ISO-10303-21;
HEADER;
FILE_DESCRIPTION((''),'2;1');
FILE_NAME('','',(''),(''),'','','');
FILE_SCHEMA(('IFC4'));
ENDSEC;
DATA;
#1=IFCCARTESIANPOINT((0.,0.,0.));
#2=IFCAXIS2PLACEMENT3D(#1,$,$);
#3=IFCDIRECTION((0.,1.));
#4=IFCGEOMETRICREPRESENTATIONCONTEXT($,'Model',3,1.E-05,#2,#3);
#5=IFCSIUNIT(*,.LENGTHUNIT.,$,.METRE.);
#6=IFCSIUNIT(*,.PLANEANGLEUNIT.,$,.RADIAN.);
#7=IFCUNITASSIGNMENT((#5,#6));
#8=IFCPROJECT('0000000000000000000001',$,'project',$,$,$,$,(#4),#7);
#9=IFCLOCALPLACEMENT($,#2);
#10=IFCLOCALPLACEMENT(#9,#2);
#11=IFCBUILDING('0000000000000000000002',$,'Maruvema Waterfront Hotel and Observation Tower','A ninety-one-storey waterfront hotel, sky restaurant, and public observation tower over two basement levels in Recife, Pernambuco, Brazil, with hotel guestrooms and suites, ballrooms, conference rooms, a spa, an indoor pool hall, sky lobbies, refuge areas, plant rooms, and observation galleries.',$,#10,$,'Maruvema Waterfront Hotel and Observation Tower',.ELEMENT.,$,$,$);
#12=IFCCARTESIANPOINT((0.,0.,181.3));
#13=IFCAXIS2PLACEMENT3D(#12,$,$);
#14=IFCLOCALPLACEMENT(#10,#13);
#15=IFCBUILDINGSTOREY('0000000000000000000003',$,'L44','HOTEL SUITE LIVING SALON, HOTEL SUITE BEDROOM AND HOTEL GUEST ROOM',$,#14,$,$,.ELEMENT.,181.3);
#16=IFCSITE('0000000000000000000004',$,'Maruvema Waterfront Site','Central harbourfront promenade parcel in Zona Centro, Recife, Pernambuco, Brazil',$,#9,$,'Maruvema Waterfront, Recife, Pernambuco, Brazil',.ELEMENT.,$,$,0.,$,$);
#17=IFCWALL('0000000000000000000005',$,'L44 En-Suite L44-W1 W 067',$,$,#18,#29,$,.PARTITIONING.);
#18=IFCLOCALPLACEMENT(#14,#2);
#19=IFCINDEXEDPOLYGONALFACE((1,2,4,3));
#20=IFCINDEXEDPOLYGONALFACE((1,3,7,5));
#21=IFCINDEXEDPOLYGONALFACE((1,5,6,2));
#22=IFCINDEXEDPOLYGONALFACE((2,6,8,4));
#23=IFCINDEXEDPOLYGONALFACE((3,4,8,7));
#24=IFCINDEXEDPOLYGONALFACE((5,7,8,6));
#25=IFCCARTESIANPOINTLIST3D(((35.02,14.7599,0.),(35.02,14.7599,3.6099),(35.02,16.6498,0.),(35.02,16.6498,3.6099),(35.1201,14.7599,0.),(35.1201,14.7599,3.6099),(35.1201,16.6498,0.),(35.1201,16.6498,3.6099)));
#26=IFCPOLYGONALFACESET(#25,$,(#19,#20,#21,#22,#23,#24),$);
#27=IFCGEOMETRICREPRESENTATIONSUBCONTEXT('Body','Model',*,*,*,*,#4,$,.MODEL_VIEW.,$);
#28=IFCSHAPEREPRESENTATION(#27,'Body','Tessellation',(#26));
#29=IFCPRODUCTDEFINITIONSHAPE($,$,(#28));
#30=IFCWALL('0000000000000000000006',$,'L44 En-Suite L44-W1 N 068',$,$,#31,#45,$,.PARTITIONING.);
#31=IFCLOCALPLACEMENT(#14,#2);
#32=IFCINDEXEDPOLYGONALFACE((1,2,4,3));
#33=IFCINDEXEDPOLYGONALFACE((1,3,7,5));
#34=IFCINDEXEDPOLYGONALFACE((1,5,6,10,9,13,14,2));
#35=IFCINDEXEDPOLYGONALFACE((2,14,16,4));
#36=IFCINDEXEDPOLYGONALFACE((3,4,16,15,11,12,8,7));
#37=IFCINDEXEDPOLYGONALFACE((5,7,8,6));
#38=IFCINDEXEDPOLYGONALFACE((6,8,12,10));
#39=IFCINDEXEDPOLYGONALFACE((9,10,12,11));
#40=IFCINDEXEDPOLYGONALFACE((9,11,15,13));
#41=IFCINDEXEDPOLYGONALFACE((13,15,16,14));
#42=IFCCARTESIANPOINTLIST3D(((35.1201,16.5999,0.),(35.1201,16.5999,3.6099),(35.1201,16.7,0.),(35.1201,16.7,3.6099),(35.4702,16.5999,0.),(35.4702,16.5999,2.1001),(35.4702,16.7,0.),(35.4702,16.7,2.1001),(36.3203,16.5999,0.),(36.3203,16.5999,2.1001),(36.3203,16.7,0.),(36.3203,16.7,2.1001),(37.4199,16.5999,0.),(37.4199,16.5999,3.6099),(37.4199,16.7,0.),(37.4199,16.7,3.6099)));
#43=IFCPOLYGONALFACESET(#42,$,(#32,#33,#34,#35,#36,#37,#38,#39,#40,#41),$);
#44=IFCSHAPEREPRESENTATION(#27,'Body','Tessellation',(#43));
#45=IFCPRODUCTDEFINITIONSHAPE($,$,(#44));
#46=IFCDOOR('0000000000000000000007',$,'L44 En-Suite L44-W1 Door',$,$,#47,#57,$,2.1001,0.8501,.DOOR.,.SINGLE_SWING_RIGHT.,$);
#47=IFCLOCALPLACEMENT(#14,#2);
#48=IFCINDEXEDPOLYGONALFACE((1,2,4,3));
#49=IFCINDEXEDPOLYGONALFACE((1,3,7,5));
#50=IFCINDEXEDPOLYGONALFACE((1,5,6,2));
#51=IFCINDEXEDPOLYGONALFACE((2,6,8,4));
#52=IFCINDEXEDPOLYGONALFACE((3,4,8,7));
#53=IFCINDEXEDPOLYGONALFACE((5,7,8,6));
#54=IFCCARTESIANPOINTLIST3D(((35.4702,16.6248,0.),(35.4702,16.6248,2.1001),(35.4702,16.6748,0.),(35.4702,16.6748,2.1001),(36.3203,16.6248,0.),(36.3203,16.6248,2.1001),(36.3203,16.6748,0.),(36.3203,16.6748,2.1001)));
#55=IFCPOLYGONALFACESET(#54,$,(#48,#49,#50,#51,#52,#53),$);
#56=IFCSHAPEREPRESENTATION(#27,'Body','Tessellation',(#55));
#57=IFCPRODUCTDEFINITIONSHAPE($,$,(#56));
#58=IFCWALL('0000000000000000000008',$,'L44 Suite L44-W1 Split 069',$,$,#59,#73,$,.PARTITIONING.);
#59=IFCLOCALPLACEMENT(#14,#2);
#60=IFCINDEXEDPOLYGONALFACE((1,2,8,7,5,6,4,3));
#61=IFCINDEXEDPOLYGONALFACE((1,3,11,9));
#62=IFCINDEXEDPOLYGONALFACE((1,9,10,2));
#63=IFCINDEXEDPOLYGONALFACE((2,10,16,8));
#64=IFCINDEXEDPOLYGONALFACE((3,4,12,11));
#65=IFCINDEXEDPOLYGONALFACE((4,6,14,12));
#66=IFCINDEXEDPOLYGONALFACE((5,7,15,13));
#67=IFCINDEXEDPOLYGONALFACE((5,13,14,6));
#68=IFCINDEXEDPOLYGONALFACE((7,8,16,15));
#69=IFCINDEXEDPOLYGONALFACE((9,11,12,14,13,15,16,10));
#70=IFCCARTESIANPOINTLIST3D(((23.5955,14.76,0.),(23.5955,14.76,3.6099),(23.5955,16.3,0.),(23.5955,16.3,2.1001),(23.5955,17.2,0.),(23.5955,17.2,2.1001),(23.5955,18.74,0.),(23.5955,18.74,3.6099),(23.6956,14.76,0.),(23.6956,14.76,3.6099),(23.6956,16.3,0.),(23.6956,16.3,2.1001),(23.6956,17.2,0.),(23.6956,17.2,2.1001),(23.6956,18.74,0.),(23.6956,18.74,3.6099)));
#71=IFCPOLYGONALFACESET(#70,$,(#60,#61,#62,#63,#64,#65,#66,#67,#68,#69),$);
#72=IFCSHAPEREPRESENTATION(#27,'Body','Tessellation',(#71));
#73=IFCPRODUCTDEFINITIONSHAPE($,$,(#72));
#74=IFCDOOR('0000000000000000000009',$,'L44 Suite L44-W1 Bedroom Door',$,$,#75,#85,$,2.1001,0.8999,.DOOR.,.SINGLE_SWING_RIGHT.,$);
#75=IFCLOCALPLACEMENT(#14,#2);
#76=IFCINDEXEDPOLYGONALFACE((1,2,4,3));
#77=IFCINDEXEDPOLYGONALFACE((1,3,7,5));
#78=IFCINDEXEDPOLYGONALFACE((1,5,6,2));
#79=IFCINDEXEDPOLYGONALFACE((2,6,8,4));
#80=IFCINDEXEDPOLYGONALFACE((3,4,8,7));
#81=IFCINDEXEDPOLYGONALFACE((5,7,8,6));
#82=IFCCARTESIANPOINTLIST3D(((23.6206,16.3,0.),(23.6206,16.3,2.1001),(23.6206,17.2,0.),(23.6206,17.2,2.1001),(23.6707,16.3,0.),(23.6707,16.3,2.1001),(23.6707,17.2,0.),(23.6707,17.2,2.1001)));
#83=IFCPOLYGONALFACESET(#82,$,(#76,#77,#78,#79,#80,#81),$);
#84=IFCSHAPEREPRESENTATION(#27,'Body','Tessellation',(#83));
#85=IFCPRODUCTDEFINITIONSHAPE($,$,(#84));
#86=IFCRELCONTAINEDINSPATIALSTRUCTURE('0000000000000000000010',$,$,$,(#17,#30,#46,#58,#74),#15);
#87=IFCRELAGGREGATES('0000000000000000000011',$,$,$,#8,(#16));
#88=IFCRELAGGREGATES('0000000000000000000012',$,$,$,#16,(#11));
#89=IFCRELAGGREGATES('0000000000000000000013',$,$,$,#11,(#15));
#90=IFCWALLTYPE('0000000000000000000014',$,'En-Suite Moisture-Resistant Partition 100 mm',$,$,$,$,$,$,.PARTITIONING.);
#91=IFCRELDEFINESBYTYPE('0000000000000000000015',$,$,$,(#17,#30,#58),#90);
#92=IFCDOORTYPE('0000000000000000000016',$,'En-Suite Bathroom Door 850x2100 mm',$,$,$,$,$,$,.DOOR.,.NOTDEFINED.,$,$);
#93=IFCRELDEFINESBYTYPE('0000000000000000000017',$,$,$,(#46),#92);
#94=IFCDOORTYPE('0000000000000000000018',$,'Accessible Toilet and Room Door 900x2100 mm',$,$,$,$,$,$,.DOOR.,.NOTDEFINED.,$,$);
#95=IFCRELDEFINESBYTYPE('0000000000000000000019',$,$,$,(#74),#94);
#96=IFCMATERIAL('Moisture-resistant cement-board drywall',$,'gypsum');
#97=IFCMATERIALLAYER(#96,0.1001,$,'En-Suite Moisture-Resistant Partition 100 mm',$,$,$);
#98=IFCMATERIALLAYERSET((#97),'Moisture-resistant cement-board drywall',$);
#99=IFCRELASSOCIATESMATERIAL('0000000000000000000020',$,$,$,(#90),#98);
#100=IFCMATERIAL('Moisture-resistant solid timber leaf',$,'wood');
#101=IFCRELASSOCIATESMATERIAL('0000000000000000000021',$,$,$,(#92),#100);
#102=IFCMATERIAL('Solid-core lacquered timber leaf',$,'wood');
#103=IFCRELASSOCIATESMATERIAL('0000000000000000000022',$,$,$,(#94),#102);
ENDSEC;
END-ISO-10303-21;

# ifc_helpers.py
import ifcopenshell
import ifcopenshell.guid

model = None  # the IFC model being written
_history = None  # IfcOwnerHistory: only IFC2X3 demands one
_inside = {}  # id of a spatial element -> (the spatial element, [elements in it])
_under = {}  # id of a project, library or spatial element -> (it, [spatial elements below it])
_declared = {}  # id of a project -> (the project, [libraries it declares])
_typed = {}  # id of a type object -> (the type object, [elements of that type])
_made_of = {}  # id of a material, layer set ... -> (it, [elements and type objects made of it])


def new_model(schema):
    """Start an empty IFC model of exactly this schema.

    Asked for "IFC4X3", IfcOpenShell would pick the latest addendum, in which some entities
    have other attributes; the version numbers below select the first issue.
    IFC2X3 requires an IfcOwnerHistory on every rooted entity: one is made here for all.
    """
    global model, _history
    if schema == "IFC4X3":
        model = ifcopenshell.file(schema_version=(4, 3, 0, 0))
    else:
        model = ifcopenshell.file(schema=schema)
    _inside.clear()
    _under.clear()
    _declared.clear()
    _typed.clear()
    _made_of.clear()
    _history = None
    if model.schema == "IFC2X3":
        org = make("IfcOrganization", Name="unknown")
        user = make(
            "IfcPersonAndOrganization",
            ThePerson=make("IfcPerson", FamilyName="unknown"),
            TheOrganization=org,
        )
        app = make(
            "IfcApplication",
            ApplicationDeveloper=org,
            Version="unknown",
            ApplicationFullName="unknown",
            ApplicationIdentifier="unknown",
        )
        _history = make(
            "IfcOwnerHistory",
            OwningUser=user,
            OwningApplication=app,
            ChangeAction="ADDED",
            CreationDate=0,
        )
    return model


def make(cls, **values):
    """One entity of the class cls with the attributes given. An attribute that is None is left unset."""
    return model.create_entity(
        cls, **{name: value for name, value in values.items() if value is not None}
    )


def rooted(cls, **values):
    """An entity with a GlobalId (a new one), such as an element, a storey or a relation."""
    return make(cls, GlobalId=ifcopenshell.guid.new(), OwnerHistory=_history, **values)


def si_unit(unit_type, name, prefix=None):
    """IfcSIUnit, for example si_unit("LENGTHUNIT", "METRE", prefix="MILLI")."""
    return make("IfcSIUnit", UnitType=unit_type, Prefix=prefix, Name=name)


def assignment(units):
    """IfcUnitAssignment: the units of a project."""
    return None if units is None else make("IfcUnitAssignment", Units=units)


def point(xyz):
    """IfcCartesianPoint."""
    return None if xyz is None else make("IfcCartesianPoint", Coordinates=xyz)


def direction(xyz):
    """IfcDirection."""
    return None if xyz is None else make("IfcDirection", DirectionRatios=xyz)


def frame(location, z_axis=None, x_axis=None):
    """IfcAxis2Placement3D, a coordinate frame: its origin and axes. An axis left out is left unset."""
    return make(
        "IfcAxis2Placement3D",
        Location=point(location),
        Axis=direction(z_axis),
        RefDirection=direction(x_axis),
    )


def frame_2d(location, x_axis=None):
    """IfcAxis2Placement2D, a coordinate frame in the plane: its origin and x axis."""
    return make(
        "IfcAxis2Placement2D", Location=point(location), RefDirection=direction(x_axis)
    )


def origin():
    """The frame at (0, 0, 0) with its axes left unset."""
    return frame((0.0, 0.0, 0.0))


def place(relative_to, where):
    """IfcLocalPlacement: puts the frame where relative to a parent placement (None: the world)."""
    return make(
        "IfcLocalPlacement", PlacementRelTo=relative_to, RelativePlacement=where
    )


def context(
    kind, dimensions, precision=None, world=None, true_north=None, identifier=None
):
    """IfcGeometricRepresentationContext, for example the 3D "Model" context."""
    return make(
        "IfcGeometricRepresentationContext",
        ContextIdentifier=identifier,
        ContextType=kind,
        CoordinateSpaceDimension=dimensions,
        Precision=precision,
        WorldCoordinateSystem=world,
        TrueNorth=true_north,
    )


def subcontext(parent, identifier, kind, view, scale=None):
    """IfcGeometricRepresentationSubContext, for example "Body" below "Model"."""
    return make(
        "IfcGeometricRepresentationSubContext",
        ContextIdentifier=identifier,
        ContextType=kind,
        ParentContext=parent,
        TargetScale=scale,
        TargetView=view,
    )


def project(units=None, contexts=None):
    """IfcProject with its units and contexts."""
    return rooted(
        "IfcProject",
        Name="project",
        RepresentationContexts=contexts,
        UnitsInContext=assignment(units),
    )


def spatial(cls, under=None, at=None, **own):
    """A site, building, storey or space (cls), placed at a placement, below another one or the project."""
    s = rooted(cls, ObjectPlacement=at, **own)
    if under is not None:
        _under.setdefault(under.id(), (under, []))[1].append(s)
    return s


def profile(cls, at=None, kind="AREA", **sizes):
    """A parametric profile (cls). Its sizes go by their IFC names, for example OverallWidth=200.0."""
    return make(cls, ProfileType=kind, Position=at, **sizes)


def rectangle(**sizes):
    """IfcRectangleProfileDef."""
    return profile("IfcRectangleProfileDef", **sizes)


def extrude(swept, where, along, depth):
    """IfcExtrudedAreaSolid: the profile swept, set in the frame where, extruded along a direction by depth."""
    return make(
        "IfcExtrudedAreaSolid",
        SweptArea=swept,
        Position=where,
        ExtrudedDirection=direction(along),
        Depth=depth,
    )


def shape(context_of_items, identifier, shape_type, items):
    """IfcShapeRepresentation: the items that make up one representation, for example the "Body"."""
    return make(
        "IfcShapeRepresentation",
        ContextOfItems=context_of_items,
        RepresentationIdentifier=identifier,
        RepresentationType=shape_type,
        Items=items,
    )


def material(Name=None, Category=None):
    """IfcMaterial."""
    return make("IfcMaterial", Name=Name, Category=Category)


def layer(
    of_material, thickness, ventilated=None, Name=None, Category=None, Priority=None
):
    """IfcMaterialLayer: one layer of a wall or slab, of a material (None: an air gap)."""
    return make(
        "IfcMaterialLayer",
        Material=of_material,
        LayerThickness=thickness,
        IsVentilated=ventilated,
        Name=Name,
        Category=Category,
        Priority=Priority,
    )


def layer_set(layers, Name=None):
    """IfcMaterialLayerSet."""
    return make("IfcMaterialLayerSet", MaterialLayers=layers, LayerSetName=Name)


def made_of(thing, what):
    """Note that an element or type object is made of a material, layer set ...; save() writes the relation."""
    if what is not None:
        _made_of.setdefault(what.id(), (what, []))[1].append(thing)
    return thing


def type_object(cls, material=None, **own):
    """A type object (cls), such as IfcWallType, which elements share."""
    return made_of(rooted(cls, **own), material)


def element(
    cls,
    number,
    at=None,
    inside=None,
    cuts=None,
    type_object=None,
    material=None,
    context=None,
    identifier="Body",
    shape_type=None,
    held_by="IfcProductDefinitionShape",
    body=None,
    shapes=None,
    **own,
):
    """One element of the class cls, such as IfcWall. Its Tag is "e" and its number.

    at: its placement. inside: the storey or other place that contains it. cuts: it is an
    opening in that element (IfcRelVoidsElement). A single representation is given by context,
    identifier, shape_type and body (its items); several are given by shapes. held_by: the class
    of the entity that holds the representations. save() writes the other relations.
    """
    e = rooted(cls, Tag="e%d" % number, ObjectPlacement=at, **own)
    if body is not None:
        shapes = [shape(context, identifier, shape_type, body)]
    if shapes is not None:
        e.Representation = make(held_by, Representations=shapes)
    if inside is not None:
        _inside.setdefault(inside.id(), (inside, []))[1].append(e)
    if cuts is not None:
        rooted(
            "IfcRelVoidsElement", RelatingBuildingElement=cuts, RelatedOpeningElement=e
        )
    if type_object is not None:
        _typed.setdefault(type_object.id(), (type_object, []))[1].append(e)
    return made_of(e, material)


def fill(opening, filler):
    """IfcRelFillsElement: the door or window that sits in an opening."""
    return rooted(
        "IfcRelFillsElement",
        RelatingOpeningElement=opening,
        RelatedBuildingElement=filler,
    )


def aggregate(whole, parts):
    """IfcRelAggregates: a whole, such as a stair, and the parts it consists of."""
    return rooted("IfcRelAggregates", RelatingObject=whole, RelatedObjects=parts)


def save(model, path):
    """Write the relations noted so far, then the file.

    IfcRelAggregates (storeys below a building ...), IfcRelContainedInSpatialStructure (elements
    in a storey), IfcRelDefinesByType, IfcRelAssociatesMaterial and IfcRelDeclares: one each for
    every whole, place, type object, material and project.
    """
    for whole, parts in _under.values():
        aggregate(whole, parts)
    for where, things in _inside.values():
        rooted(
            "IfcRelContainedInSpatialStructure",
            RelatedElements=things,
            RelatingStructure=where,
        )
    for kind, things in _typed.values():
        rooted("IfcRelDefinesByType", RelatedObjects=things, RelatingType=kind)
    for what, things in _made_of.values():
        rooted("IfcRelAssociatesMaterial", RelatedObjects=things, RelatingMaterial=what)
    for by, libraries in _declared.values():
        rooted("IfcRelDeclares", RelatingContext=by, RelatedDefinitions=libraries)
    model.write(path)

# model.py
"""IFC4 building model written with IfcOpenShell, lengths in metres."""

from ifc_helpers import new_model, si_unit, direction, frame, frame_2d, origin, place, context, subcontext, project, spatial, rectangle, extrude, material, layer, layer_set, type_object, element, fill, save


model = new_model("IFC4")

# Units and contexts
model_context = context("Model", 3, precision=1e-05, world=origin(), true_north=direction((0.0, 1.0)))
body_context = subcontext(model_context, "Body", "Model", "MODEL_VIEW")
ifc_project = project(units=[si_unit("LENGTHUNIT", "METRE"), si_unit("PLANEANGLEUNIT", "RADIAN")], contexts=[model_context])

# Site, building, storey
site_placement = place(None, origin())
site = spatial("IfcSite", under=ifc_project, at=site_placement, Name="Maruvema Waterfront Site", Description="Central harbourfront promenade parcel in Zona Centro, Recife, Pernambuco, Brazil", LongName="Maruvema Waterfront, Recife, Pernambuco, Brazil", CompositionType="ELEMENT", RefElevation=0.0)
building_placement = place(site_placement, origin())
building = spatial("IfcBuilding", under=site, at=building_placement, Name="Maruvema Waterfront Hotel and Observation Tower", Description="A ninety-one-storey waterfront hotel, sky restaurant, and public observation tower over two basement levels in Recife, Pernambuco, Brazil, with hotel guestrooms and suites, ballrooms, conference rooms, a spa, an indoor pool hall, sky lobbies, refuge areas, plant rooms, and observation galleries.", LongName="Maruvema Waterfront Hotel and Observation Tower", CompositionType="ELEMENT")
storey_placement = place(building_placement, frame((0.0, 0.0, 181.3)))
storey = spatial("IfcBuildingStorey", under=building, at=storey_placement, Name="L44", Description="HOTEL SUITE LIVING SALON, HOTEL SUITE BEDROOM AND HOTEL GUEST ROOM", CompositionType="ELEMENT", Elevation=181.3)

# Shared definitions
ifc_material_1 = material(Name="Moisture-resistant cement-board drywall", Category="gypsum")
ifc_layer_1 = layer(ifc_material_1, 0.1001, Name="En-Suite Moisture-Resistant Partition 100 mm")
ifc_layer_set_1 = layer_set([ifc_layer_1], Name="Moisture-resistant cement-board drywall")
wall_type_1 = type_object("IfcWallType", Name="En-Suite Moisture-Resistant Partition 100 mm", PredefinedType="PARTITIONING", material=ifc_layer_set_1)
ifc_material_2 = material(Name="Moisture-resistant solid timber leaf", Category="wood")
door_type_1 = type_object("IfcDoorType", Name="En-Suite Bathroom Door 850x2100 mm", OperationType="NOTDEFINED", PredefinedType="DOOR", material=ifc_material_2)

# Wall
wall_1_placement = place(storey_placement, frame((35.0701, 14.76, 0.0), z_axis=(0.0, 0.0, 1.0), x_axis=(0.0, 1.0, 0.0)))
element("IfcWall", 1, at=wall_1_placement, inside=storey, type_object=wall_type_1, Name="L44 En-Suite L44-W1 W 067", PredefinedType="PARTITIONING", context=body_context, shape_type="SweptSolid", body=[
    extrude(rectangle(XDim=1.8899, YDim=0.1001, at=frame_2d((0.9448, 0.0))), origin(), (0.0, 0.0, 1.0), 3.6099),
])

# Walls, openings, doors
wall_2_placement = place(storey_placement, frame((35.1201, 16.6499, 0.0), z_axis=(0.0, 0.0, 1.0), x_axis=(1.0, 0.0, 0.0)))
wall_2 = element("IfcWall", 2, at=wall_2_placement, inside=storey, type_object=wall_type_1, Name="L44 En-Suite L44-W1 N 068", PredefinedType="PARTITIONING", context=body_context, shape_type="SweptSolid", body=[
    extrude(rectangle(XDim=2.2998, YDim=0.1001, at=frame_2d((1.1499, 0.0))), origin(), (0.0, 0.0, 1.0), 3.6099),
])
opening_1_placement = place(wall_2_placement, frame((0.3501, 0.0, 0.0)))
opening_1 = element("IfcOpeningElement", 3, at=opening_1_placement, cuts=wall_2, PredefinedType="OPENING", context=body_context, shape_type="SweptSolid", body=[
    extrude(rectangle(XDim=0.8501, YDim=2.1001, at=frame_2d((0.425, 1.05))), frame((0.0, 0.0601, 0.0), z_axis=(0.0, -1.0, 0.0), x_axis=(1.0, 0.0, 0.0)), (0.0, 0.0, 1.0), 0.1201),
])
door_1_placement = place(opening_1_placement, origin())
door_1 = element("IfcDoor", 4, at=door_1_placement, inside=storey, type_object=door_type_1, Name="L44 En-Suite L44-W1 Door", OperationType="SINGLE_SWING_RIGHT", OverallHeight=2.1001, OverallWidth=0.8501, PredefinedType="DOOR", context=body_context, shape_type="SweptSolid", body=[
    extrude(rectangle(XDim=0.8501, YDim=2.1001, at=frame_2d((0.425, 1.05))), frame((0.0, 0.0249, 0.0), z_axis=(0.0, -1.0, 0.0), x_axis=(1.0, 0.0, 0.0)), (0.0, 0.0, 1.0), 0.05),
])
fill(opening_1, door_1)
wall_3_placement = place(storey_placement, frame((23.6455, 14.76, 0.0), z_axis=(0.0, 0.0, 1.0), x_axis=(0.0, 1.0, 0.0)))
wall_3 = element("IfcWall", 5, at=wall_3_placement, inside=storey, type_object=wall_type_1, Name="L44 Suite L44-W1 Split 069", PredefinedType="PARTITIONING", context=body_context, shape_type="SweptSolid", body=[
    extrude(rectangle(XDim=3.98, YDim=0.1001, at=frame_2d((1.99, 0.0))), origin(), (0.0, 0.0, 1.0), 3.6099),
])
opening_2_placement = place(wall_3_placement, frame((1.54, 0.0, 0.0)))
opening_2 = element("IfcOpeningElement", 6, at=opening_2_placement, cuts=wall_3, PredefinedType="OPENING", context=body_context, shape_type="SweptSolid", body=[
    extrude(rectangle(XDim=0.8999, YDim=2.1001, at=frame_2d((0.45, 1.05))), frame((0.0, 0.0601, 0.0), z_axis=(0.0, -1.0, 0.0), x_axis=(1.0, 0.0, 0.0)), (0.0, 0.0, 1.0), 0.1201),
])
ifc_material_3 = material(Name="Solid-core lacquered timber leaf", Category="wood")
door_type_2 = type_object("IfcDoorType", Name="Accessible Toilet and Room Door 900x2100 mm", OperationType="NOTDEFINED", PredefinedType="DOOR", material=ifc_material_3)
door_2_placement = place(opening_2_placement, origin())
door_2 = element("IfcDoor", 7, at=door_2_placement, inside=storey, type_object=door_type_2, Name="L44 Suite L44-W1 Bedroom Door", OperationType="SINGLE_SWING_RIGHT", OverallHeight=2.1001, OverallWidth=0.8999, PredefinedType="DOOR", context=body_context, shape_type="SweptSolid", body=[
    extrude(rectangle(XDim=0.8999, YDim=2.1001, at=frame_2d((0.45, 1.05))), frame((0.0, 0.0249, 0.0), z_axis=(0.0, -1.0, 0.0), x_axis=(1.0, 0.0, 0.0)), (0.0, 0.0, 1.0), 0.05),
])
fill(opening_2, door_2)

save(model, "model.ifc")
